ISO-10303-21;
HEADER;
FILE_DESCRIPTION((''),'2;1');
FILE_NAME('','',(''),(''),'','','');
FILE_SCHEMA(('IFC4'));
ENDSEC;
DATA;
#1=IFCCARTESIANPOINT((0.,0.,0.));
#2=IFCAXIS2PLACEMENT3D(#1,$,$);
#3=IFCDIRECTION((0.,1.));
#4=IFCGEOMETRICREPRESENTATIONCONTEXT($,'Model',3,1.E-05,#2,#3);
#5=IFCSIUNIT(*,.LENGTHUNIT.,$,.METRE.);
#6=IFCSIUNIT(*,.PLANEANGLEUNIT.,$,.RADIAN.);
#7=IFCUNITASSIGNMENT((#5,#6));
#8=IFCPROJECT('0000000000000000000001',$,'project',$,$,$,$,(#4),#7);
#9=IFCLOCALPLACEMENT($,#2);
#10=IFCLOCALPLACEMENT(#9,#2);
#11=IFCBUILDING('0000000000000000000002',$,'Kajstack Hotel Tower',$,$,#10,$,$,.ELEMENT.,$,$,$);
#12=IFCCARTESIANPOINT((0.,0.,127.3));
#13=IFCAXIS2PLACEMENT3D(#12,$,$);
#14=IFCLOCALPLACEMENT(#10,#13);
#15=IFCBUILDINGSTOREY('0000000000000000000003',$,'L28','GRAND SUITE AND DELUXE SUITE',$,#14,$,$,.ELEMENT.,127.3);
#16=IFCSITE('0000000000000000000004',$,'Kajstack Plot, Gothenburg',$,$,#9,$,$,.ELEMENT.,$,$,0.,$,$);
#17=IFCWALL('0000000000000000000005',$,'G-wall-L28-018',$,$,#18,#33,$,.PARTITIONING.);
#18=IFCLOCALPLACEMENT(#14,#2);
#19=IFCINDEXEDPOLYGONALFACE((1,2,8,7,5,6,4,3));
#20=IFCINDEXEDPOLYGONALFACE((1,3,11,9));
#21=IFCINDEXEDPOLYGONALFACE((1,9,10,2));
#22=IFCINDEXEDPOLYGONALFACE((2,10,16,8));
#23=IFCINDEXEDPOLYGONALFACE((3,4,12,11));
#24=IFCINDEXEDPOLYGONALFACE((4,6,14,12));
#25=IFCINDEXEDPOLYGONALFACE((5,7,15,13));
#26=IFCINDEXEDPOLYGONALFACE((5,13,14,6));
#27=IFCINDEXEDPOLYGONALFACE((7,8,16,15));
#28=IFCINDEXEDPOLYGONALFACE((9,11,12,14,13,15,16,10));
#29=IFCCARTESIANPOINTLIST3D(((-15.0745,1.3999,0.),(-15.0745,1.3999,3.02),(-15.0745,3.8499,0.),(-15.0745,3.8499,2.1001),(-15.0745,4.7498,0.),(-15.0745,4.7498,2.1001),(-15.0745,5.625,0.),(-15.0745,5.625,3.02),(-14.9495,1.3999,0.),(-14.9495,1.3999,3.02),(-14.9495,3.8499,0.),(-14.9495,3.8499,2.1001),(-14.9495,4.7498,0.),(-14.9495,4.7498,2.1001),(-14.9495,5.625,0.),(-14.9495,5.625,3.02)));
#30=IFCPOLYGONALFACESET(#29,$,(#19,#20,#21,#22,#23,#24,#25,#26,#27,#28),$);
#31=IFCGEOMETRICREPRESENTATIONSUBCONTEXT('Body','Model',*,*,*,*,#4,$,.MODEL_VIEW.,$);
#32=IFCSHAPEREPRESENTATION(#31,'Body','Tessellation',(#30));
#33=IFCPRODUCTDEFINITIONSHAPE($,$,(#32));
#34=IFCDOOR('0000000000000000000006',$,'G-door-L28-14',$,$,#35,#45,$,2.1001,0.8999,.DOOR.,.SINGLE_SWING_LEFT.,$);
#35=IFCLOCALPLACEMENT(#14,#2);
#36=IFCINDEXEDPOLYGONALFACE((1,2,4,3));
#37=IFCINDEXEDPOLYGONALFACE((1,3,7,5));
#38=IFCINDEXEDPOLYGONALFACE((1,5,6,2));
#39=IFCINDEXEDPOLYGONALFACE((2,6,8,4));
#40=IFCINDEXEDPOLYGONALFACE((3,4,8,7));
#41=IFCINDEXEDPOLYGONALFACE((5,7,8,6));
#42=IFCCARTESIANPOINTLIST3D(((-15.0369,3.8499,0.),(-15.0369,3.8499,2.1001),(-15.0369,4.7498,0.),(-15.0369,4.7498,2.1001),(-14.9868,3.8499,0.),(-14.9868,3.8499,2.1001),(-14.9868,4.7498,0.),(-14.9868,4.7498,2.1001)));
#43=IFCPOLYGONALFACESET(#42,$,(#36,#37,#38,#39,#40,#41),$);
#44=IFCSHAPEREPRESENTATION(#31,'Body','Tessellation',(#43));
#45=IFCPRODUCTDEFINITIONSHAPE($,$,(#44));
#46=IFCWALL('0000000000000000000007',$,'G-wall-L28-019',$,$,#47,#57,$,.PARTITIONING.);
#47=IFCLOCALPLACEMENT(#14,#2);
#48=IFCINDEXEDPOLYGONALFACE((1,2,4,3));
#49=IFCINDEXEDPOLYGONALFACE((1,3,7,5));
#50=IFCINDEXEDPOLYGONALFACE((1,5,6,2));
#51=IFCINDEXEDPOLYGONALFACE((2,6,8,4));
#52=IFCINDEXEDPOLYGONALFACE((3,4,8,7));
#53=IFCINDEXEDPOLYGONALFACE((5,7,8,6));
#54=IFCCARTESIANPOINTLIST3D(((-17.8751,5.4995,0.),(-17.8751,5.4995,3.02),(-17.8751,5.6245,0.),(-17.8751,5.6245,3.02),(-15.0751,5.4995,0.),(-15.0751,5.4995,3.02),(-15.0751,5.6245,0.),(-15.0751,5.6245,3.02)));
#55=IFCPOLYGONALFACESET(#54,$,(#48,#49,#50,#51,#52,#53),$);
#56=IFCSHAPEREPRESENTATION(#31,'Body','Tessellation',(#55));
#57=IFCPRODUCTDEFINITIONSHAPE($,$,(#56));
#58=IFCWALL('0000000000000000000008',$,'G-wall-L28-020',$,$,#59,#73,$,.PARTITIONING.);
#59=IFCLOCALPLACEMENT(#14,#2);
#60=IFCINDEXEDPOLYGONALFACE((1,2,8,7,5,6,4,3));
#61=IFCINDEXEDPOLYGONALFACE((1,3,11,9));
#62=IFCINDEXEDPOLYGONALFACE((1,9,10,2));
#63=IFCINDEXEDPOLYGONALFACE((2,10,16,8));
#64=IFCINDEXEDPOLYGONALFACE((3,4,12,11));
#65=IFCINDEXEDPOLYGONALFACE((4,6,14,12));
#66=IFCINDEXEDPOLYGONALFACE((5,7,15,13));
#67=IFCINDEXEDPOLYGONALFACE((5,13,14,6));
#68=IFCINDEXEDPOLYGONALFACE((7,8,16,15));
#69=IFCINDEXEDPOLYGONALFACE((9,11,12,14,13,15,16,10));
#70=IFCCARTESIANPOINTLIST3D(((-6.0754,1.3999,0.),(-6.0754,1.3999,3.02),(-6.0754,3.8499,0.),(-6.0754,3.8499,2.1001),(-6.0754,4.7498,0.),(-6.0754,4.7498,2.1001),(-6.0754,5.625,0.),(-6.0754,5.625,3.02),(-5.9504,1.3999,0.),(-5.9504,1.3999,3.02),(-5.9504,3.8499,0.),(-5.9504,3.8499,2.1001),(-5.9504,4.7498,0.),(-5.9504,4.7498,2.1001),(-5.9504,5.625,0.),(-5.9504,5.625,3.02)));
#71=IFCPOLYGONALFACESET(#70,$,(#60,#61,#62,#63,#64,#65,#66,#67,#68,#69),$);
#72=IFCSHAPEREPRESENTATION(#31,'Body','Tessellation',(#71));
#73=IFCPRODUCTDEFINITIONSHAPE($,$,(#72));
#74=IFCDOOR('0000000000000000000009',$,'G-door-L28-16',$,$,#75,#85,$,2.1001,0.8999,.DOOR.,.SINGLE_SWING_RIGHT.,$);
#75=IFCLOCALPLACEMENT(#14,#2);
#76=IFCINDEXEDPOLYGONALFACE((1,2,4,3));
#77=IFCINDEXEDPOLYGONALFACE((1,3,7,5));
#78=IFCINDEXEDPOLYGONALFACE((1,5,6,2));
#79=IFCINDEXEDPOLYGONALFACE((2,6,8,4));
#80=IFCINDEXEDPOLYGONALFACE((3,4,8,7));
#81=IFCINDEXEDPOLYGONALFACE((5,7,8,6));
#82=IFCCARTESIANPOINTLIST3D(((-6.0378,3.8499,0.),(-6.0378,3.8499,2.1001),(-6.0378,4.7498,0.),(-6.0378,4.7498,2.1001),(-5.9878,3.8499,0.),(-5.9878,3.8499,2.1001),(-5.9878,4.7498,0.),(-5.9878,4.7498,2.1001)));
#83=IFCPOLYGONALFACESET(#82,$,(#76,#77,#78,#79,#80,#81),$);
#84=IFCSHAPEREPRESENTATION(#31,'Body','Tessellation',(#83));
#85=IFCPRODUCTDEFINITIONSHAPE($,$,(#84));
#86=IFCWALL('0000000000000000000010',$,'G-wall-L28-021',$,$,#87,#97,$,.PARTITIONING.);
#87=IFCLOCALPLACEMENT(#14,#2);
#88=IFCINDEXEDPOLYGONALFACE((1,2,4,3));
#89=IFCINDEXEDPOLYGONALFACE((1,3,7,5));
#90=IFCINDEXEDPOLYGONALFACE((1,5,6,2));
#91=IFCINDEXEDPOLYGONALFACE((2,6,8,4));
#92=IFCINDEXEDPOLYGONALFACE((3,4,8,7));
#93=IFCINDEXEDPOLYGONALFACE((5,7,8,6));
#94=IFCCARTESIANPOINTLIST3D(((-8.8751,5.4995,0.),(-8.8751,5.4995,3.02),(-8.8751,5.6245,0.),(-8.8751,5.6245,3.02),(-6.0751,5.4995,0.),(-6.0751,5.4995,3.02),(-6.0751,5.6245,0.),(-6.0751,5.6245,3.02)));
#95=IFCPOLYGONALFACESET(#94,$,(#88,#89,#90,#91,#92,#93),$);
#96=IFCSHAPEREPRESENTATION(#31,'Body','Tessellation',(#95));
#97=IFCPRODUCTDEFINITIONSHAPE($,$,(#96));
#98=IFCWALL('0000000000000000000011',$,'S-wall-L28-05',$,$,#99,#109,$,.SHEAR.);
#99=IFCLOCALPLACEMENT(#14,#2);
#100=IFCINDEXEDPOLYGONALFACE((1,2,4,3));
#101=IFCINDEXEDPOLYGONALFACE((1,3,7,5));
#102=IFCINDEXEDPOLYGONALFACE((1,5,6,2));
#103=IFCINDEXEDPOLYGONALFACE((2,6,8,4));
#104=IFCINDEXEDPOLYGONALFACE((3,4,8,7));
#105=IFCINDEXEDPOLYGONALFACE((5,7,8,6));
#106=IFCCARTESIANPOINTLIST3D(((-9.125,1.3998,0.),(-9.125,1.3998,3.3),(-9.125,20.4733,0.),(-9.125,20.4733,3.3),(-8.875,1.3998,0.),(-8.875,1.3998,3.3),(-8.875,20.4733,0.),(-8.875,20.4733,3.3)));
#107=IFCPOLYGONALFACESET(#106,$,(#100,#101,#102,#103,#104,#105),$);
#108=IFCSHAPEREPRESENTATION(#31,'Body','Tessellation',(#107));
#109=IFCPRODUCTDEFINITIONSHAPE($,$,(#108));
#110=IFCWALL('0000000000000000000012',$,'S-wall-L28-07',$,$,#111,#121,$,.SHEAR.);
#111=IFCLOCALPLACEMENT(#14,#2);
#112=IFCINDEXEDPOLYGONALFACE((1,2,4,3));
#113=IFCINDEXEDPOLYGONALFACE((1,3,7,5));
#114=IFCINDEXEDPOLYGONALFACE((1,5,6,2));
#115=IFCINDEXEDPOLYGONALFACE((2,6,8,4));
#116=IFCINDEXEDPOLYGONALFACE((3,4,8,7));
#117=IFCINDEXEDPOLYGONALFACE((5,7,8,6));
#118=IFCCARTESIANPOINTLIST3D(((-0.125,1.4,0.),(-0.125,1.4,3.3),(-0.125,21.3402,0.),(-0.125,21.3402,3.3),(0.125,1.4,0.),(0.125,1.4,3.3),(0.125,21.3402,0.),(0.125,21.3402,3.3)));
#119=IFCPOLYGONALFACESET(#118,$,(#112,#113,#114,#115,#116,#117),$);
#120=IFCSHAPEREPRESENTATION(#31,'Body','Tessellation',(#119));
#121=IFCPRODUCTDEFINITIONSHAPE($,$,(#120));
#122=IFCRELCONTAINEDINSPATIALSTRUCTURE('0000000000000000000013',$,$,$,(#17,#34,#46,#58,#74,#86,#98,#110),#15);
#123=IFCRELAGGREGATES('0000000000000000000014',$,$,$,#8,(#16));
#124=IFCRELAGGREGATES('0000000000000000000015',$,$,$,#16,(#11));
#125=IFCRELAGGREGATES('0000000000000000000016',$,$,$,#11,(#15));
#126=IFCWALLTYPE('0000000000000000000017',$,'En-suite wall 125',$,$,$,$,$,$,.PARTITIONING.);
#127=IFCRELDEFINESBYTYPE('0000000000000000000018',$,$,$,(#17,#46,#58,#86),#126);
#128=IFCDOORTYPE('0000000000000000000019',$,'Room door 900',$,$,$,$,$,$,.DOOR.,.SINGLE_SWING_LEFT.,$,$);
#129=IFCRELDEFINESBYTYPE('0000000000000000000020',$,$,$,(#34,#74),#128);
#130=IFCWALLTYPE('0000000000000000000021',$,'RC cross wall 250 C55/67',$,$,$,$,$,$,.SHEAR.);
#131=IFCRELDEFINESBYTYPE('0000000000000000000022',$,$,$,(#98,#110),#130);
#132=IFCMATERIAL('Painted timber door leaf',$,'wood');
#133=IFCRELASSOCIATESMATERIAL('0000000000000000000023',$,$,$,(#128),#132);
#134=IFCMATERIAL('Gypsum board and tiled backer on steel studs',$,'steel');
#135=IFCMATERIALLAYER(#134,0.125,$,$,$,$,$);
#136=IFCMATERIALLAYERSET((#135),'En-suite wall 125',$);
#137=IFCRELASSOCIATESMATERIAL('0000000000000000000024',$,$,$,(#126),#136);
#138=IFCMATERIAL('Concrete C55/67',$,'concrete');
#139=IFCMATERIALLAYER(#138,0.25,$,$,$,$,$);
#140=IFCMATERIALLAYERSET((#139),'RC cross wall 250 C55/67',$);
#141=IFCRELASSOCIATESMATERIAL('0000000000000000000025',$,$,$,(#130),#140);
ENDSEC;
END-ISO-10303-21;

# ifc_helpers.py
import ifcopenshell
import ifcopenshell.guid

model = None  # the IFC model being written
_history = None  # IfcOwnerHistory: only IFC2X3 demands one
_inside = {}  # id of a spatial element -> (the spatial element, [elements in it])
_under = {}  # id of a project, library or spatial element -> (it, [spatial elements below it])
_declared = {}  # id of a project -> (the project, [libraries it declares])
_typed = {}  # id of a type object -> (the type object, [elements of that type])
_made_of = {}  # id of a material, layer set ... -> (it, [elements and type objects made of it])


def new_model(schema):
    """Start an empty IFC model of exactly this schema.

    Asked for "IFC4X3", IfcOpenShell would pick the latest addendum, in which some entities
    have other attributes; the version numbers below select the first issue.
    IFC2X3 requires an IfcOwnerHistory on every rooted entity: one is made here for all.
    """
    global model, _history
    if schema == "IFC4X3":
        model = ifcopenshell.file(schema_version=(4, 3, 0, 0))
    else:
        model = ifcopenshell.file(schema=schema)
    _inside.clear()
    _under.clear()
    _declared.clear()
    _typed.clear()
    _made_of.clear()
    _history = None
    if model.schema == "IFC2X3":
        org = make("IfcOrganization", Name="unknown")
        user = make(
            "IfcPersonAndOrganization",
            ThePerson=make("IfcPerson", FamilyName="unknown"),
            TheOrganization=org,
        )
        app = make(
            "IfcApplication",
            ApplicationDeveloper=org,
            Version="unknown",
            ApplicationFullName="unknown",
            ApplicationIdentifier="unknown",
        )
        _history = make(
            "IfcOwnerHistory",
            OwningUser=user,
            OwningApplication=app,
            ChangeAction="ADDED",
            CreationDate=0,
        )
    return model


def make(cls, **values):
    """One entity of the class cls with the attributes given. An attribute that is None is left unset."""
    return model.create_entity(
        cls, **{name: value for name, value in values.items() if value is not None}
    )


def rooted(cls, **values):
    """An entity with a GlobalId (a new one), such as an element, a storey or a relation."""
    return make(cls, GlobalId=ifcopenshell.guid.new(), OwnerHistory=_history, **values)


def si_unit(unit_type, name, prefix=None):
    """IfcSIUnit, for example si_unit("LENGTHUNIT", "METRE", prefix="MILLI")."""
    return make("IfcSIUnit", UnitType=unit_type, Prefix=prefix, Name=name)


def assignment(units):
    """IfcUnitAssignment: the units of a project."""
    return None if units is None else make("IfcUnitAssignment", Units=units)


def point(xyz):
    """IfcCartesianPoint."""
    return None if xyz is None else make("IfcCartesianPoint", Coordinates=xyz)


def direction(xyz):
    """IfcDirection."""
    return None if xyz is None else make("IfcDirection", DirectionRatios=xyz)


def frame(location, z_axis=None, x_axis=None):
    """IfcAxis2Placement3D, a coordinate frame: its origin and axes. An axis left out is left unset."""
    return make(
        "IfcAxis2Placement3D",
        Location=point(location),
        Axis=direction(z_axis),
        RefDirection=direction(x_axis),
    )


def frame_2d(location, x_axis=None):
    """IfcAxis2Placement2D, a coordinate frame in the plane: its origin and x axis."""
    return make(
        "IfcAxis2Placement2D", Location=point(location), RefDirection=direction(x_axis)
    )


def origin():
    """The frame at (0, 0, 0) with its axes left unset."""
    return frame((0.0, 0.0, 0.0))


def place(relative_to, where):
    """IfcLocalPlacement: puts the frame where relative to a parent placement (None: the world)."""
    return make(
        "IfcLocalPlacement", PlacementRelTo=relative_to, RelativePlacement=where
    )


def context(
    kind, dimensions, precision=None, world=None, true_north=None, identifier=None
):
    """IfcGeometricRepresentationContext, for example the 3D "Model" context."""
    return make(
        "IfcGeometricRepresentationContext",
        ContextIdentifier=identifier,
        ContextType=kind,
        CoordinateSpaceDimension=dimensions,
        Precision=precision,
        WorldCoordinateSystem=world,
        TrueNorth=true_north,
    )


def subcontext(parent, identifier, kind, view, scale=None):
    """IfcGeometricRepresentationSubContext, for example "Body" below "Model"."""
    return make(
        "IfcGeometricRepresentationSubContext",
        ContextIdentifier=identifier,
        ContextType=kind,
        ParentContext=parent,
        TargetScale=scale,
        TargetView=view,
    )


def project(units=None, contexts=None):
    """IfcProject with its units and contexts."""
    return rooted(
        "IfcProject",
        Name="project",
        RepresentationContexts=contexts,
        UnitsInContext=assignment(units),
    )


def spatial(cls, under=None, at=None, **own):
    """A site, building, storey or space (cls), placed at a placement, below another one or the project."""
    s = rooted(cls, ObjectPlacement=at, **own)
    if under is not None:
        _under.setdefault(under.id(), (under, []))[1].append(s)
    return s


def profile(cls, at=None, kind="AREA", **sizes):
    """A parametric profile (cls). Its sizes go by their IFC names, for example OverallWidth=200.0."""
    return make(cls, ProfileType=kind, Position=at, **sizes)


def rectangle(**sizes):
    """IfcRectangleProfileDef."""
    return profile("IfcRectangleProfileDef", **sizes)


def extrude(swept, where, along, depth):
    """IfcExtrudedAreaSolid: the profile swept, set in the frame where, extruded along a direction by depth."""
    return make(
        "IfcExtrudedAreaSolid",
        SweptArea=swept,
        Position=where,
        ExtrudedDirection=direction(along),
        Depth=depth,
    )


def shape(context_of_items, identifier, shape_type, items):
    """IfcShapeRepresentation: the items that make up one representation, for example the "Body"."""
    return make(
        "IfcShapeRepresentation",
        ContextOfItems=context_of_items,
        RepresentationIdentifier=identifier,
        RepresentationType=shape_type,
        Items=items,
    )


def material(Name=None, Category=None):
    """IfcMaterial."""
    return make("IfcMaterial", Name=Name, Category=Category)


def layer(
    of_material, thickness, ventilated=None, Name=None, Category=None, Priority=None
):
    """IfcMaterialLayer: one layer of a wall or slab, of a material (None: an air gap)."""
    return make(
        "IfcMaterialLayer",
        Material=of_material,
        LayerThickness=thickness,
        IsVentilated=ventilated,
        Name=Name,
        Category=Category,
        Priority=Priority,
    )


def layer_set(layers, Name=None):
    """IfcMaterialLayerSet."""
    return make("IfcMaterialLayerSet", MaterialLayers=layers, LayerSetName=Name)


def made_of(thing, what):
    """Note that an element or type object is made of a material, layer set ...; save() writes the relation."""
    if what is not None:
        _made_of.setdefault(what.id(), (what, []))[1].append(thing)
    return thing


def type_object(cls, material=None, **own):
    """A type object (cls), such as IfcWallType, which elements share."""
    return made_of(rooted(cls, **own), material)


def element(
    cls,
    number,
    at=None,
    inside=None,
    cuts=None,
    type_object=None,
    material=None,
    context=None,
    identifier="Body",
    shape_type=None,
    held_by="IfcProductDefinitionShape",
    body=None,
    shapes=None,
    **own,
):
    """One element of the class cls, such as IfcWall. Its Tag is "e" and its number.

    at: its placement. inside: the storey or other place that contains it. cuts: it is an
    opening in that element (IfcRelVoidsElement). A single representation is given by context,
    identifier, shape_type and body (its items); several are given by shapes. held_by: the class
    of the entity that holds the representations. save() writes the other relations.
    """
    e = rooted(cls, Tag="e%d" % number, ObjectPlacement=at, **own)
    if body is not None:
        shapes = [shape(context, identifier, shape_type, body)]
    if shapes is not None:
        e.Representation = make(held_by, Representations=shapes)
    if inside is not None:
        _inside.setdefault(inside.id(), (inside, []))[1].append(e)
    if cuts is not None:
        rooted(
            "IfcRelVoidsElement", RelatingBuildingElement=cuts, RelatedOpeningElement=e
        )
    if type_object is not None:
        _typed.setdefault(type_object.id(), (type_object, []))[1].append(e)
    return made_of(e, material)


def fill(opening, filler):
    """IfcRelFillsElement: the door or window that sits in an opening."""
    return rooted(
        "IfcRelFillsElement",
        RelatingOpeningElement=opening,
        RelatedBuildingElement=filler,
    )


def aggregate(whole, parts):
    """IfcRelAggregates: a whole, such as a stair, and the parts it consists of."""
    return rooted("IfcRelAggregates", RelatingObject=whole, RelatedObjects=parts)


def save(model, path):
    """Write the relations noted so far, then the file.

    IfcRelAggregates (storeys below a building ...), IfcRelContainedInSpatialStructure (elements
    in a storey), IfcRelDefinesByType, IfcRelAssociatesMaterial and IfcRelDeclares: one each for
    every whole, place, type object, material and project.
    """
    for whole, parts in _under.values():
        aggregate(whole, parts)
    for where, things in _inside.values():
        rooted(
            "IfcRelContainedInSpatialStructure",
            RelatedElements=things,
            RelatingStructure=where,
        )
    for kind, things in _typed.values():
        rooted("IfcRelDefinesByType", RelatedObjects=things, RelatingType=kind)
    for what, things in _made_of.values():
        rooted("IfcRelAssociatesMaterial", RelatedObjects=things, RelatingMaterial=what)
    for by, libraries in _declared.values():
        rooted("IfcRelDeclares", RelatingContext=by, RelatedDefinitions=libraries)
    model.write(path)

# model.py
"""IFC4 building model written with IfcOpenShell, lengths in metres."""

from ifc_helpers import new_model, si_unit, direction, frame, frame_2d, origin, place, context, subcontext, project, spatial, rectangle, extrude, material, layer, layer_set, type_object, element, fill, save


model = new_model("IFC4")

# Units and contexts
model_context = context("Model", 3, precision=1e-05, world=origin(), true_north=direction((0.0, 1.0)))
body_context = subcontext(model_context, "Body", "Model", "MODEL_VIEW")
ifc_project = project(units=[si_unit("LENGTHUNIT", "METRE"), si_unit("PLANEANGLEUNIT", "RADIAN")], contexts=[model_context])

# Site, building, storey
site_placement = place(None, origin())
site = spatial("IfcSite", under=ifc_project, at=site_placement, Name="Kajstack Plot, Gothenburg", CompositionType="ELEMENT", RefElevation=0.0)
building_placement = place(site_placement, origin())
building = spatial("IfcBuilding", under=site, at=building_placement, Name="Kajstack Hotel Tower", CompositionType="ELEMENT")
storey_placement = place(building_placement, frame((0.0, 0.0, 127.3)))
storey = spatial("IfcBuildingStorey", under=building, at=storey_placement, Name="L28", Description="GRAND SUITE AND DELUXE SUITE", CompositionType="ELEMENT", Elevation=127.3)

# Shared definitions
ifc_material_1 = material(Name="Painted timber door leaf", Category="wood")
door_type_1 = type_object("IfcDoorType", Name="Room door 900", OperationType="SINGLE_SWING_LEFT", PredefinedType="DOOR", material=ifc_material_1)

# Wall, opening, door
ifc_material_2 = material(Name="Gypsum board and tiled backer on steel studs", Category="steel")
ifc_layer_1 = layer(ifc_material_2, 0.125)
ifc_layer_set_1 = layer_set([ifc_layer_1], Name="En-suite wall 125")
wall_type_1 = type_object("IfcWallType", Name="En-suite wall 125", PredefinedType="PARTITIONING", material=ifc_layer_set_1)
wall_1_placement = place(storey_placement, frame((-15.012, 1.3999, 0.0), z_axis=(0.0, 0.0, 1.0), x_axis=(0.0, 1.0, 0.0)))
wall_1 = element("IfcWall", 1, at=wall_1_placement, inside=storey, type_object=wall_type_1, Name="G-wall-L28-018", PredefinedType="PARTITIONING", context=body_context, shape_type="SweptSolid", body=[
    extrude(rectangle(XDim=4.2251, YDim=0.125, at=frame_2d((2.1125, 0.0))), origin(), (0.0, 0.0, 1.0), 3.02),
])
opening_1_placement = place(wall_1_placement, frame((2.45, 0.0, 0.0)))
opening_1 = element("IfcOpeningElement", 2, at=opening_1_placement, cuts=wall_1, PredefinedType="OPENING", context=body_context, shape_type="SweptSolid", body=[
    extrude(rectangle(XDim=0.8999, YDim=2.1001, at=frame_2d((0.45, 1.05))), frame((0.0, 0.0725, 0.0), z_axis=(0.0, -1.0, 0.0), x_axis=(1.0, 0.0, 0.0)), (0.0, 0.0, 1.0), 0.145),
])
door_1_placement = place(opening_1_placement, origin())
door_1 = element("IfcDoor", 3, at=door_1_placement, inside=storey, type_object=door_type_1, Name="G-door-L28-14", OperationType="SINGLE_SWING_LEFT", OverallHeight=2.1001, OverallWidth=0.8999, PredefinedType="DOOR", context=body_context, shape_type="SweptSolid", body=[
    extrude(rectangle(XDim=0.8999, YDim=2.1001, at=frame_2d((0.45, 1.05))), frame((0.0, 0.0249, 0.0), z_axis=(0.0, -1.0, 0.0), x_axis=(1.0, 0.0, 0.0)), (0.0, 0.0, 1.0), 0.05),
])
fill(opening_1, door_1)

# Wall
wall_2_placement = place(storey_placement, frame((-17.875, 5.562, 0.0), z_axis=(0.0, 0.0, 1.0), x_axis=(1.0, 0.0, 0.0)))
element("IfcWall", 4, at=wall_2_placement, inside=storey, type_object=wall_type_1, Name="G-wall-L28-019", PredefinedType="PARTITIONING", context=body_context, shape_type="SweptSolid", body=[
    extrude(rectangle(XDim=2.8, YDim=0.125, at=frame_2d((1.3999, 0.0))), origin(), (0.0, 0.0, 1.0), 3.02),
])

# Wall, opening, door
wall_3_placement = place(storey_placement, frame((-6.0129, 1.3999, 0.0), z_axis=(0.0, 0.0, 1.0), x_axis=(0.0, 1.0, 0.0)))
wall_3 = element("IfcWall", 5, at=wall_3_placement, inside=storey, type_object=wall_type_1, Name="G-wall-L28-020", PredefinedType="PARTITIONING", context=body_context, shape_type="SweptSolid", body=[
    extrude(rectangle(XDim=4.2251, YDim=0.125, at=frame_2d((2.1125, 0.0))), origin(), (0.0, 0.0, 1.0), 3.02),
])
opening_2_placement = place(wall_3_placement, frame((2.45, 0.0, 0.0)))
opening_2 = element("IfcOpeningElement", 6, at=opening_2_placement, cuts=wall_3, PredefinedType="OPENING", context=body_context, shape_type="SweptSolid", body=[
    extrude(rectangle(XDim=0.8999, YDim=2.1001, at=frame_2d((0.45, 1.05))), frame((0.0, 0.0725, 0.0), z_axis=(0.0, -1.0, 0.0), x_axis=(1.0, 0.0, 0.0)), (0.0, 0.0, 1.0), 0.145),
])
door_2_placement = place(opening_2_placement, origin())
door_2 = element("IfcDoor", 7, at=door_2_placement, inside=storey, type_object=door_type_1, Name="G-door-L28-16", OperationType="SINGLE_SWING_RIGHT", OverallHeight=2.1001, OverallWidth=0.8999, PredefinedType="DOOR", context=body_context, shape_type="SweptSolid", body=[
    extrude(rectangle(XDim=0.8999, YDim=2.1001, at=frame_2d((0.45, 1.05))), frame((0.0, 0.0249, 0.0), z_axis=(0.0, -1.0, 0.0), x_axis=(1.0, 0.0, 0.0)), (0.0, 0.0, 1.0), 0.05),
])
fill(opening_2, door_2)

# Walls
wall_4_placement = place(storey_placement, frame((-8.875, 5.562, 0.0), z_axis=(0.0, 0.0, 1.0), x_axis=(1.0, 0.0, 0.0)))
element("IfcWall", 8, at=wall_4_placement, inside=storey, type_object=wall_type_1, Name="G-wall-L28-021", PredefinedType="PARTITIONING", context=body_context, shape_type="SweptSolid", body=[
    extrude(rectangle(XDim=2.8, YDim=0.125, at=frame_2d((1.3999, 0.0))), origin(), (0.0, 0.0, 1.0), 3.02),
])
ifc_material_3 = material(Name="Concrete C55/67", Category="concrete")
ifc_layer_2 = layer(ifc_material_3, 0.25)
ifc_layer_set_2 = layer_set([ifc_layer_2], Name="RC cross wall 250 C55/67")
wall_type_2 = type_object("IfcWallType", Name="RC cross wall 250 C55/67", PredefinedType="SHEAR", material=ifc_layer_set_2)
wall_5_placement = place(storey_placement, frame((-9.0, 1.3999, 0.0), z_axis=(0.0, 0.0, 1.0), x_axis=(0.0, 1.0, 0.0)))
element("IfcWall", 9, at=wall_5_placement, inside=storey, type_object=wall_type_2, Name="S-wall-L28-05", PredefinedType="SHEAR", context=body_context, shape_type="SweptSolid", body=[
    extrude(rectangle(XDim=19.0735, YDim=0.25, at=frame_2d((9.5366, 0.0))), origin(), (0.0, 0.0, 1.0), 3.3),
])
wall_6_placement = place(storey_placement, frame((0.0, 1.3999, 0.0), z_axis=(0.0, 0.0, 1.0), x_axis=(0.0, 1.0, 0.0)))
element("IfcWall", 10, at=wall_6_placement, inside=storey, type_object=wall_type_2, Name="S-wall-L28-07", PredefinedType="SHEAR", context=body_context, shape_type="SweptSolid", body=[
    extrude(rectangle(XDim=19.9402, YDim=0.25, at=frame_2d((9.9702, 0.0))), origin(), (0.0, 0.0, 1.0), 3.3),
])

save(model, "model.ifc")
